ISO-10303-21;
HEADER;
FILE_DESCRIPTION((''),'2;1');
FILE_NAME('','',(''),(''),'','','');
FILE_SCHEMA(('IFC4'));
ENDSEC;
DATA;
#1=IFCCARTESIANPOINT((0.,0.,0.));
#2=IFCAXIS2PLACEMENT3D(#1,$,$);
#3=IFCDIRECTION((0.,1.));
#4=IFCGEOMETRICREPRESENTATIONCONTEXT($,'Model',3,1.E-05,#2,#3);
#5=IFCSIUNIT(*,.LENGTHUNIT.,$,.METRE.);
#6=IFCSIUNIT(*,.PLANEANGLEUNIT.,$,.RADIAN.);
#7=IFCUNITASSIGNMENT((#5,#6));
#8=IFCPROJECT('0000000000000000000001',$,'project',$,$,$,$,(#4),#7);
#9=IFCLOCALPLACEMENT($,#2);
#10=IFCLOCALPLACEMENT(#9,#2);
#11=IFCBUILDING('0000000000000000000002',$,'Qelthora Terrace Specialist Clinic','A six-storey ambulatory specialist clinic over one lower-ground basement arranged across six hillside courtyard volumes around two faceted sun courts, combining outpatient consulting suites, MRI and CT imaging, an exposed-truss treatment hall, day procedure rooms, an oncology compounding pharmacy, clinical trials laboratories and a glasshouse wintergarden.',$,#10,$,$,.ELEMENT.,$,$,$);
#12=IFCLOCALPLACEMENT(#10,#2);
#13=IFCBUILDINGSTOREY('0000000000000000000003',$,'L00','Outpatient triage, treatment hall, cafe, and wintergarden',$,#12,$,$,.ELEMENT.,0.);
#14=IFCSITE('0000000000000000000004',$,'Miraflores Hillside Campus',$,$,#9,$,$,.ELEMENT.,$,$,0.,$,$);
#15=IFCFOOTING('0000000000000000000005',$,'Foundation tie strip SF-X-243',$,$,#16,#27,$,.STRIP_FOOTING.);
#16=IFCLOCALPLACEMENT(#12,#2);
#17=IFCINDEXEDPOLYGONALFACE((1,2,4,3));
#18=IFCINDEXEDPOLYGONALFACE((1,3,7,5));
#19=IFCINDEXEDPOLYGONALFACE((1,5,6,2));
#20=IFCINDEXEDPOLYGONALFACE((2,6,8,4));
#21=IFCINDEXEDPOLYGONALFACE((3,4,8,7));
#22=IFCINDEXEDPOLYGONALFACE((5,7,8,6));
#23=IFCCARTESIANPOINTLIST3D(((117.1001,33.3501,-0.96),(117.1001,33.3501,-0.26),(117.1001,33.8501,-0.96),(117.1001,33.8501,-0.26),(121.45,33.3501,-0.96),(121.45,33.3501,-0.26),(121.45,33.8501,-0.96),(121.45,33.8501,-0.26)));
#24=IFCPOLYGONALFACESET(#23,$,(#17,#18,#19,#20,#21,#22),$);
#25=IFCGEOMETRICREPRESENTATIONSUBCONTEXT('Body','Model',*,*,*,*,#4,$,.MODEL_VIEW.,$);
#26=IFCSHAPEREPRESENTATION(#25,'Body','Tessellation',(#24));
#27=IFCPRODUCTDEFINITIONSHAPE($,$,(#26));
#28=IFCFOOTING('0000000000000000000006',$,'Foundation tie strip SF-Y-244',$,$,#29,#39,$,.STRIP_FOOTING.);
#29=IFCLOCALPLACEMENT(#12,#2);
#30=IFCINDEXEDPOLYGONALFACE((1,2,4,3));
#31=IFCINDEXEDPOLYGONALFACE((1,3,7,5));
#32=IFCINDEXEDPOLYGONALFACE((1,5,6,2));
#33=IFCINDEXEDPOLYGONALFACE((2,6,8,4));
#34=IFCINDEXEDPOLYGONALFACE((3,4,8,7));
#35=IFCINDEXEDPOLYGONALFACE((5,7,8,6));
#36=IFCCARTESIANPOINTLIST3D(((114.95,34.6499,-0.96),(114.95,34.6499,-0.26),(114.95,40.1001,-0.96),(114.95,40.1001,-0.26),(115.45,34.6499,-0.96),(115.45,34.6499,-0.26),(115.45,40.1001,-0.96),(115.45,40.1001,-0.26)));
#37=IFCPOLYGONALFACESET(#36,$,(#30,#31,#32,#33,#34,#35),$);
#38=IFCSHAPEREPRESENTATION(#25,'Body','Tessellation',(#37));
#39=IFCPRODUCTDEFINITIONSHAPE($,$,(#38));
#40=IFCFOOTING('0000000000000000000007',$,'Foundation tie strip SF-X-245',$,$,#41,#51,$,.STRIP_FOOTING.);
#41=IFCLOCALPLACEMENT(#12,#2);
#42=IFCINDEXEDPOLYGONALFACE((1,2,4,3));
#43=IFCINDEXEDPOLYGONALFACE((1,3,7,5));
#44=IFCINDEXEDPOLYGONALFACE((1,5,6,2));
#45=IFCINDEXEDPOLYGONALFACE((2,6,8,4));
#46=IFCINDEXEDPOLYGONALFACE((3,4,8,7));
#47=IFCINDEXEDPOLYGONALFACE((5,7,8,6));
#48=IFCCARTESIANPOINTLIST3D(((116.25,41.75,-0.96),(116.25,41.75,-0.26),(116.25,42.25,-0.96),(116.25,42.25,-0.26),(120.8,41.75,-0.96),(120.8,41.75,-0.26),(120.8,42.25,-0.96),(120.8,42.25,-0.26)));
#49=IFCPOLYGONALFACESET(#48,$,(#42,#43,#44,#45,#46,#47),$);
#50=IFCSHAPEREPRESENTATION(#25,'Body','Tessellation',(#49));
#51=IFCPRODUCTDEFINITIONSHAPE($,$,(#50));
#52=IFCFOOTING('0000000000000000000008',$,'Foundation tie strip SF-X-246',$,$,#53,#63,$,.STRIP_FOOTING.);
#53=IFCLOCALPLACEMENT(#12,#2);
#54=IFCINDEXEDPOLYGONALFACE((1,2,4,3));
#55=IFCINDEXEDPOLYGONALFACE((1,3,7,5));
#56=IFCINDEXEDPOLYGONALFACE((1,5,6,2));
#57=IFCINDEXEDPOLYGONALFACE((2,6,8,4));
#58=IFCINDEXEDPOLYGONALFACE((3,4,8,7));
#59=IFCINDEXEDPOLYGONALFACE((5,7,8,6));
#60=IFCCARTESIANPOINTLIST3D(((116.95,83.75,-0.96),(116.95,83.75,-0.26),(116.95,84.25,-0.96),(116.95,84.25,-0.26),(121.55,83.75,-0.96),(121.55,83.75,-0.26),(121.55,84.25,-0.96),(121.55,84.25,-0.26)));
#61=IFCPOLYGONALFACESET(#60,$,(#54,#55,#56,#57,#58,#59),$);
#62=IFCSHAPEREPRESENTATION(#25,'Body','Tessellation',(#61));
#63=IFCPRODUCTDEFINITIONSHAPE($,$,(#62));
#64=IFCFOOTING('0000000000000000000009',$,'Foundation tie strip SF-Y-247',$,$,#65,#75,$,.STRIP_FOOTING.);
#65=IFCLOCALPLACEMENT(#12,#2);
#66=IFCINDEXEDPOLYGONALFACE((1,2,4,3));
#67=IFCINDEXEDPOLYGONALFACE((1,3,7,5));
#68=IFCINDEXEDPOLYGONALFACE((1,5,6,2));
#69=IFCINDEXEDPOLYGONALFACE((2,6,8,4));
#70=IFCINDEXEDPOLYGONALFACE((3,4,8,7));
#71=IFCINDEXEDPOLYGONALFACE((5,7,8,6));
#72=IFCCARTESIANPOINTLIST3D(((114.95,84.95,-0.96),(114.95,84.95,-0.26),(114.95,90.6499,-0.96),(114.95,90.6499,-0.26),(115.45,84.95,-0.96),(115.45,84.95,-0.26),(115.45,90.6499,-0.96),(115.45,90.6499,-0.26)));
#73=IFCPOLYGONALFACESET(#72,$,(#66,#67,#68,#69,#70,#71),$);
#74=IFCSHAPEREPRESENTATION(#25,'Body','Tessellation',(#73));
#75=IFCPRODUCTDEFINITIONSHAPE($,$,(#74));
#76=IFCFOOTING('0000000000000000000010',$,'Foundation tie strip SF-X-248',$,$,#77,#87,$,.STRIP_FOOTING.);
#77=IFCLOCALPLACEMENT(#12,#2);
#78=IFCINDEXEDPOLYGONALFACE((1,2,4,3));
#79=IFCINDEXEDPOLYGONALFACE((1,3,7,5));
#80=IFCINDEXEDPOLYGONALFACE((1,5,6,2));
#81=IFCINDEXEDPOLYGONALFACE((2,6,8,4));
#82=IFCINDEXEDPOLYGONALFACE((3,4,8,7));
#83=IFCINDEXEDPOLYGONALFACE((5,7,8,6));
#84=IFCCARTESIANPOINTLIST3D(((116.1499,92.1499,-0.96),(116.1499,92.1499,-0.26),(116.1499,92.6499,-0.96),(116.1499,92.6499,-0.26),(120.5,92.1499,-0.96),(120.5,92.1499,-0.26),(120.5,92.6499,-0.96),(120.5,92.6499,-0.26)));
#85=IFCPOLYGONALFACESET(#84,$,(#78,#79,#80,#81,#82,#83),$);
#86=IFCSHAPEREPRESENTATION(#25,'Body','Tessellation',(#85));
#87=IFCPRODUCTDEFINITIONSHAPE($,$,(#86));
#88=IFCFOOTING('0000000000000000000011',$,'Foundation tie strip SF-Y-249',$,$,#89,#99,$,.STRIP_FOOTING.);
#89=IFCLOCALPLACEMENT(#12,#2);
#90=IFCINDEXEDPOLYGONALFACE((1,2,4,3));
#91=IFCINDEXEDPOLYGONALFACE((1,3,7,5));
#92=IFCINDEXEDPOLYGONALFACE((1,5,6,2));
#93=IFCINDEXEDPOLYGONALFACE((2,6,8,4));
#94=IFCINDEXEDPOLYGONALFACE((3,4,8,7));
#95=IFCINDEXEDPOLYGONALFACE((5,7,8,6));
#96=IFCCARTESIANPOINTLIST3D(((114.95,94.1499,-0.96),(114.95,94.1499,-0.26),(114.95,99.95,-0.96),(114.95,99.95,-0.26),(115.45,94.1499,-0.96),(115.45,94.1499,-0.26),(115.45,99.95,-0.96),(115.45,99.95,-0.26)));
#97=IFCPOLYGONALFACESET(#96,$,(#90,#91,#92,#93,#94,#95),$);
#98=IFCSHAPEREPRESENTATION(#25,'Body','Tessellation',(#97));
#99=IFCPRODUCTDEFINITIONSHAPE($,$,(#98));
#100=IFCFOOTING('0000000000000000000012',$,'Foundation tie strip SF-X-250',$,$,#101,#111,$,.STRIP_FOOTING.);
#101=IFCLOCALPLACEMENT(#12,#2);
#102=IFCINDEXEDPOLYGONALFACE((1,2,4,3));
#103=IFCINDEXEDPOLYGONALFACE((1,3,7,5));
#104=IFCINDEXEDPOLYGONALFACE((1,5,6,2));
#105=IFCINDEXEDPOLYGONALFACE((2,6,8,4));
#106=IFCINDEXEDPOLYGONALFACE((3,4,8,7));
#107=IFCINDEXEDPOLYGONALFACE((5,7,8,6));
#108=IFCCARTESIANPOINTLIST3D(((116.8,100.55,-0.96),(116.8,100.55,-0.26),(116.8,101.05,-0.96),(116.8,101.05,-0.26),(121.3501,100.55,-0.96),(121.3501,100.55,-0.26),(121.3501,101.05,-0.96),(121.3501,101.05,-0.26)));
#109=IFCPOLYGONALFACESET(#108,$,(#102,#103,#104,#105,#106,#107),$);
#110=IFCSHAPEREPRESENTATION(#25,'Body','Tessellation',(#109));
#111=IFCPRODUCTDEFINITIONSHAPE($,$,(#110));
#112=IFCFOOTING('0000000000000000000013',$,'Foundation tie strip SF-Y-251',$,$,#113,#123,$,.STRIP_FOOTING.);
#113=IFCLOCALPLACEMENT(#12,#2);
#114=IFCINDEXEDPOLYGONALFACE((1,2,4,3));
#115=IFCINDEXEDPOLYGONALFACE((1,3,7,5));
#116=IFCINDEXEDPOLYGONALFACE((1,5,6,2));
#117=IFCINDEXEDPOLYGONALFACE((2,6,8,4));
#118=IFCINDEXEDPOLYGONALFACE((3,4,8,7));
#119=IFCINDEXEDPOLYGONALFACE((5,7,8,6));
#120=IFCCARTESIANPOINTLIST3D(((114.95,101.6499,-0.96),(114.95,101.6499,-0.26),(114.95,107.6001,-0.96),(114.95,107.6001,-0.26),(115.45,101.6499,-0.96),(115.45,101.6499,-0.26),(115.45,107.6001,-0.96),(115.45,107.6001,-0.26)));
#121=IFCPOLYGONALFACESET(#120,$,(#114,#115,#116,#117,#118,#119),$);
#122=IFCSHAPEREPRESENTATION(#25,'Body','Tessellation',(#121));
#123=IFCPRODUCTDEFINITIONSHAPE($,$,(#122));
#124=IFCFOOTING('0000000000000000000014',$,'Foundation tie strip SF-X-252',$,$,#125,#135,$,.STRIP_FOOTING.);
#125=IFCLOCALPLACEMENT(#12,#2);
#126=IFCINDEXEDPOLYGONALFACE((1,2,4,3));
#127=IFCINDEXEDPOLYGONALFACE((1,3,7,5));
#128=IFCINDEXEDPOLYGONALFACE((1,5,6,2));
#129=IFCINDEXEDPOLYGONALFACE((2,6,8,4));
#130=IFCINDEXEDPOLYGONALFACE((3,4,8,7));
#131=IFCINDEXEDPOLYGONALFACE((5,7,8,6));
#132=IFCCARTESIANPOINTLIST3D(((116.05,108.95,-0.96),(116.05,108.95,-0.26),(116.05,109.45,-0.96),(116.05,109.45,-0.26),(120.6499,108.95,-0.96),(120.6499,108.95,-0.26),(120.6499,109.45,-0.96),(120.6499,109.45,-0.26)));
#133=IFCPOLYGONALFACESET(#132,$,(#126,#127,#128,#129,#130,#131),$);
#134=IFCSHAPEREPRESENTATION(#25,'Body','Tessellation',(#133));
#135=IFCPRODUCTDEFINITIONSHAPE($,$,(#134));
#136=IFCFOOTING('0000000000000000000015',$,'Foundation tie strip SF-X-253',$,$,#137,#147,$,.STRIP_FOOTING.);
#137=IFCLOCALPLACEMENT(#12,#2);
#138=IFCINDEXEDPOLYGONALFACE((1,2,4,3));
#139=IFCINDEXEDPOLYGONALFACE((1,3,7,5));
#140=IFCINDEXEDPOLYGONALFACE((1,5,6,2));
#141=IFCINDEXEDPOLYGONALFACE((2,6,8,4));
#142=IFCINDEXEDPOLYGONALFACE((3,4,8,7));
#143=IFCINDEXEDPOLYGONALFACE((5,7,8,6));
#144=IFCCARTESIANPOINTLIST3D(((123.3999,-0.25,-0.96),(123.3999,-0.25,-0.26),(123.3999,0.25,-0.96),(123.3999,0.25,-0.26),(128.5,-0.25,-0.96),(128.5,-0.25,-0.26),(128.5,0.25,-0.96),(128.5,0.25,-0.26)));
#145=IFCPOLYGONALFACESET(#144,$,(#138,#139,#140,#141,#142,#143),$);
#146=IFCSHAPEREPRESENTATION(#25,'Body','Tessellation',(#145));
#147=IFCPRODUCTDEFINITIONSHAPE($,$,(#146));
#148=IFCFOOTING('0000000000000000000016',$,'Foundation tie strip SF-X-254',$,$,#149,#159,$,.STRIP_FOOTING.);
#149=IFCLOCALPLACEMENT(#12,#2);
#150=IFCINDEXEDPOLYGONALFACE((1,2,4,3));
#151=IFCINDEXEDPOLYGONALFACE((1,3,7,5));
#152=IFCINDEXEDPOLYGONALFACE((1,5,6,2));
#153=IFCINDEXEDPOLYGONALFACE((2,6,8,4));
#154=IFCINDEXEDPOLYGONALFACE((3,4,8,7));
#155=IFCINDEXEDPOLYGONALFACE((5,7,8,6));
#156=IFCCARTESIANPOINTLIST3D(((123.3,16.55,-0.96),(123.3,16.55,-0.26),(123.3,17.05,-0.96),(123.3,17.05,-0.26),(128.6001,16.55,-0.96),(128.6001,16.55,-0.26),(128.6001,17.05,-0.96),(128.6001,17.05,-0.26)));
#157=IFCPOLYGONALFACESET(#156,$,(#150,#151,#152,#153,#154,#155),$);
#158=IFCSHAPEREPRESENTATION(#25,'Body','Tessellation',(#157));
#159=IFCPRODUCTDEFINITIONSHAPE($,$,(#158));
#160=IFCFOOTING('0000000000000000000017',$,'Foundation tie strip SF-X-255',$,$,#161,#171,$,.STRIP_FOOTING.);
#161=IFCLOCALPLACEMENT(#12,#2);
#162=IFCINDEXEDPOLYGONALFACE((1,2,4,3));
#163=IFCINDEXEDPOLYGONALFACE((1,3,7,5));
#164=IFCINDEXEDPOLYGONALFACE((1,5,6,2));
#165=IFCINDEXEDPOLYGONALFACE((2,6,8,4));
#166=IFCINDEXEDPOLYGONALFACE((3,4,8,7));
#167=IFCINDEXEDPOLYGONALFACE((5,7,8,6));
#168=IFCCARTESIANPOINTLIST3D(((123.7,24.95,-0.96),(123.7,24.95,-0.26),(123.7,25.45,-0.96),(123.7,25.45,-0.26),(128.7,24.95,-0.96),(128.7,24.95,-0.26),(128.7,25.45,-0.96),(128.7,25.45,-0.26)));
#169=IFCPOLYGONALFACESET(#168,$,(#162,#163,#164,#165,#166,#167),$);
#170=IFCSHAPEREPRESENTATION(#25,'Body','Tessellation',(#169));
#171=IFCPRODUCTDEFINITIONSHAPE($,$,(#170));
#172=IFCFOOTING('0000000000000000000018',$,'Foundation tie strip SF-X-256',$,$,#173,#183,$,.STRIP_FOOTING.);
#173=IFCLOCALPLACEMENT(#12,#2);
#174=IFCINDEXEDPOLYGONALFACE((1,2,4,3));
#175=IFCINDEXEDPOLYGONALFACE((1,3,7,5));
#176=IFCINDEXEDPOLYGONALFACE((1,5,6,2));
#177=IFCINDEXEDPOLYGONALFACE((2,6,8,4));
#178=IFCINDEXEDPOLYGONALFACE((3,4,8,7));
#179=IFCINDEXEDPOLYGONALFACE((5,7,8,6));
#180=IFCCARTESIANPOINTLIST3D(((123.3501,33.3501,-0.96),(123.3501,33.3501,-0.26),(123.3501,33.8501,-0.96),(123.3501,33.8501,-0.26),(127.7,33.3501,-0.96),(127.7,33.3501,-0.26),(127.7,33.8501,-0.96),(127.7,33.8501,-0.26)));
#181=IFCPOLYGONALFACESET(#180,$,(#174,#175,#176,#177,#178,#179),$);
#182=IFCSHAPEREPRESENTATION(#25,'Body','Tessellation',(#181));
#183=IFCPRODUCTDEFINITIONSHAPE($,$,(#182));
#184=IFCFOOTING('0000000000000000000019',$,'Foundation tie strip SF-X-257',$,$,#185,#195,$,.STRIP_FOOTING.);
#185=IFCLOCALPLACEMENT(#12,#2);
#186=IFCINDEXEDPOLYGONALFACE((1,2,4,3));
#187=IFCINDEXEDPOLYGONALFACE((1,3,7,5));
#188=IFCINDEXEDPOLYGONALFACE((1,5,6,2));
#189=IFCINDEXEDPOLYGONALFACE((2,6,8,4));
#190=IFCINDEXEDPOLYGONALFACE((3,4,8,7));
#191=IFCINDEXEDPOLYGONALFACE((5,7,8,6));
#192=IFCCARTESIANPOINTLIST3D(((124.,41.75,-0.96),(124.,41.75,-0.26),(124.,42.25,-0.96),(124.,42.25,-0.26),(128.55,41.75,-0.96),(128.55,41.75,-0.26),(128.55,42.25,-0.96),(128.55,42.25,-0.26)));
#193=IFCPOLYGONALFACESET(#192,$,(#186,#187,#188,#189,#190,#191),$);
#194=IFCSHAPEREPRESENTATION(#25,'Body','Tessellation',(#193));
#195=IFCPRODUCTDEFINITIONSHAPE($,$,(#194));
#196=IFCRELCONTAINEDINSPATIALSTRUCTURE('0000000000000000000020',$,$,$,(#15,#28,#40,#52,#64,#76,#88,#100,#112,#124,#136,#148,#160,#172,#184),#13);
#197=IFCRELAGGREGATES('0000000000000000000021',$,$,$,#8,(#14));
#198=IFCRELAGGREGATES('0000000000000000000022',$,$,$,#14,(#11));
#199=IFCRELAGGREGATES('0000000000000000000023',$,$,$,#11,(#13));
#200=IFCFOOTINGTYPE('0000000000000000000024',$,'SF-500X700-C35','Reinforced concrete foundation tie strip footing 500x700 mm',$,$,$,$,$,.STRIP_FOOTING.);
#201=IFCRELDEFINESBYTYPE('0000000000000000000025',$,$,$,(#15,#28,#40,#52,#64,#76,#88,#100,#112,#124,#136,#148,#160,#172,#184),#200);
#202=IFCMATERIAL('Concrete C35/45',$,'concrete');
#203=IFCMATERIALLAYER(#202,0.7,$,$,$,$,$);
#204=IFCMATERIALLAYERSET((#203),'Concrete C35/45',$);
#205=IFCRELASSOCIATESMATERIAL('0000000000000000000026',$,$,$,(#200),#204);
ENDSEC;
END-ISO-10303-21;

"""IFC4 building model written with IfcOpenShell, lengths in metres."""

from ifc_helpers import new_model, si_unit, direction, frame, origin, place, context, subcontext, project, spatial, polyline, outline, extrude, material, layer, layer_set, type_object, element, save


model = new_model("IFC4")

# Units and contexts
model_context = context("Model", 3, precision=1e-05, world=origin(), true_north=direction((0.0, 1.0)))
body_context = subcontext(model_context, "Body", "Model", "MODEL_VIEW")
ifc_project = project(units=[si_unit("LENGTHUNIT", "METRE"), si_unit("PLANEANGLEUNIT", "RADIAN")], contexts=[model_context])

# Site, building, storey
site_placement = place(None, origin())
site = spatial("IfcSite", under=ifc_project, at=site_placement, Name="Miraflores Hillside Campus", CompositionType="ELEMENT", RefElevation=0.0)
building_placement = place(site_placement, origin())
building = spatial("IfcBuilding", under=site, at=building_placement, Name="Qelthora Terrace Specialist Clinic", Description="A six-storey ambulatory specialist clinic over one lower-ground basement arranged across six hillside courtyard volumes around two faceted sun courts, combining outpatient consulting suites, MRI and CT imaging, an exposed-truss treatment hall, day procedure rooms, an oncology compounding pharmacy, clinical trials laboratories and a glasshouse wintergarden.", CompositionType="ELEMENT")
storey_placement = place(building_placement, origin())
storey = spatial("IfcBuildingStorey", under=building, at=storey_placement, Name="L00", Description="Outpatient triage, treatment hall, cafe, and wintergarden", CompositionType="ELEMENT", Elevation=0.0)

# Footings
ifc_material = material(Name="Concrete C35/45", Category="concrete")
ifc_layer = layer(ifc_material, 0.7)
ifc_layer_set = layer_set([ifc_layer], Name="Concrete C35/45")
footing_type = type_object("IfcFootingType", Name="SF-500X700-C35", Description="Reinforced concrete foundation tie strip footing 500x700 mm", PredefinedType="STRIP_FOOTING", material=ifc_layer_set)
footing_1_placement = place(storey_placement, frame((0.0, 0.0, -0.96)))
element("IfcFooting", 1, at=footing_1_placement, inside=storey, type_object=footing_type, Name="Foundation tie strip SF-X-243", PredefinedType="STRIP_FOOTING", context=body_context, shape_type="SweptSolid", body=[
    extrude(outline(polyline([(117.1001, 33.3501), (121.45, 33.3501), (121.45, 33.8501), (117.1001, 33.8501), (117.1001, 33.3501)])), origin(), (0.0, 0.0, 1.0), 0.7),
])
footing_2_placement = place(storey_placement, frame((0.0, 0.0, -0.96)))
element("IfcFooting", 2, at=footing_2_placement, inside=storey, type_object=footing_type, Name="Foundation tie strip SF-Y-244", PredefinedType="STRIP_FOOTING", context=body_context, shape_type="SweptSolid", body=[
    extrude(outline(polyline([(114.95, 34.6499), (115.45, 34.6499), (115.45, 40.1001), (114.95, 40.1001), (114.95, 34.6499)])), origin(), (0.0, 0.0, 1.0), 0.7),
])
footing_3_placement = place(storey_placement, frame((0.0, 0.0, -0.96)))
element("IfcFooting", 3, at=footing_3_placement, inside=storey, type_object=footing_type, Name="Foundation tie strip SF-X-245", PredefinedType="STRIP_FOOTING", context=body_context, shape_type="SweptSolid", body=[
    extrude(outline(polyline([(116.25, 41.75), (120.8, 41.75), (120.8, 42.25), (116.25, 42.25), (116.25, 41.75)])), origin(), (0.0, 0.0, 1.0), 0.7),
])
footing_4_placement = place(storey_placement, frame((0.0, 0.0, -0.96)))
element("IfcFooting", 4, at=footing_4_placement, inside=storey, type_object=footing_type, Name="Foundation tie strip SF-X-246", PredefinedType="STRIP_FOOTING", context=body_context, shape_type="SweptSolid", body=[
    extrude(outline(polyline([(116.95, 83.75), (121.55, 83.75), (121.55, 84.25), (116.95, 84.25), (116.95, 83.75)])), origin(), (0.0, 0.0, 1.0), 0.7),
])
footing_5_placement = place(storey_placement, frame((0.0, 0.0, -0.96)))
element("IfcFooting", 5, at=footing_5_placement, inside=storey, type_object=footing_type, Name="Foundation tie strip SF-Y-247", PredefinedType="STRIP_FOOTING", context=body_context, shape_type="SweptSolid", body=[
    extrude(outline(polyline([(114.95, 84.95), (115.45, 84.95), (115.45, 90.6499), (114.95, 90.6499), (114.95, 84.95)])), origin(), (0.0, 0.0, 1.0), 0.7),
])
footing_6_placement = place(storey_placement, frame((0.0, 0.0, -0.96)))
element("IfcFooting", 6, at=footing_6_placement, inside=storey, type_object=footing_type, Name="Foundation tie strip SF-X-248", PredefinedType="STRIP_FOOTING", context=body_context, shape_type="SweptSolid", body=[
    extrude(outline(polyline([(116.1499, 92.1499), (120.5, 92.1499), (120.5, 92.6499), (116.1499, 92.6499), (116.1499, 92.1499)])), origin(), (0.0, 0.0, 1.0), 0.7),
])
footing_7_placement = place(storey_placement, frame((0.0, 0.0, -0.96)))
element("IfcFooting", 7, at=footing_7_placement, inside=storey, type_object=footing_type, Name="Foundation tie strip SF-Y-249", PredefinedType="STRIP_FOOTING", context=body_context, shape_type="SweptSolid", body=[
    extrude(outline(polyline([(114.95, 94.1499), (115.45, 94.1499), (115.45, 99.95), (114.95, 99.95), (114.95, 94.1499)])), origin(), (0.0, 0.0, 1.0), 0.7),
])
footing_8_placement = place(storey_placement, frame((0.0, 0.0, -0.96)))
element("IfcFooting", 8, at=footing_8_placement, inside=storey, type_object=footing_type, Name="Foundation tie strip SF-X-250", PredefinedType="STRIP_FOOTING", context=body_context, shape_type="SweptSolid", body=[
    extrude(outline(polyline([(116.8, 100.55), (121.3501, 100.55), (121.3501, 101.05), (116.8, 101.05), (116.8, 100.55)])), origin(), (0.0, 0.0, 1.0), 0.7),
])
footing_9_placement = place(storey_placement, frame((0.0, 0.0, -0.96)))
element("IfcFooting", 9, at=footing_9_placement, inside=storey, type_object=footing_type, Name="Foundation tie strip SF-Y-251", PredefinedType="STRIP_FOOTING", context=body_context, shape_type="SweptSolid", body=[
    extrude(outline(polyline([(114.95, 101.6499), (115.45, 101.6499), (115.45, 107.6001), (114.95, 107.6001), (114.95, 101.6499)])), origin(), (0.0, 0.0, 1.0), 0.7),
])
footing_10_placement = place(storey_placement, frame((0.0, 0.0, -0.96)))
element("IfcFooting", 10, at=footing_10_placement, inside=storey, type_object=footing_type, Name="Foundation tie strip SF-X-252", PredefinedType="STRIP_FOOTING", context=body_context, shape_type="SweptSolid", body=[
    extrude(outline(polyline([(116.05, 108.95), (120.6499, 108.95), (120.6499, 109.45), (116.05, 109.45), (116.05, 108.95)])), origin(), (0.0, 0.0, 1.0), 0.7),
])
footing_11_placement = place(storey_placement, frame((0.0, 0.0, -0.96)))
element("IfcFooting", 11, at=footing_11_placement, inside=storey, type_object=footing_type, Name="Foundation tie strip SF-X-253", PredefinedType="STRIP_FOOTING", context=body_context, shape_type="SweptSolid", body=[
    extrude(outline(polyline([(123.3999, -0.25), (128.5, -0.25), (128.5, 0.25), (123.3999, 0.25), (123.3999, -0.25)])), origin(), (0.0, 0.0, 1.0), 0.7),
])
footing_12_placement = place(storey_placement, frame((0.0, 0.0, -0.96)))
element("IfcFooting", 12, at=footing_12_placement, inside=storey, type_object=footing_type, Name="Foundation tie strip SF-X-254", PredefinedType="STRIP_FOOTING", context=body_context, shape_type="SweptSolid", body=[
    extrude(outline(polyline([(123.3, 16.55), (128.6001, 16.55), (128.6001, 17.05), (123.3, 17.05), (123.3, 16.55)])), origin(), (0.0, 0.0, 1.0), 0.7),
])
footing_13_placement = place(storey_placement, frame((0.0, 0.0, -0.96)))
element("IfcFooting", 13, at=footing_13_placement, inside=storey, type_object=footing_type, Name="Foundation tie strip SF-X-255", PredefinedType="STRIP_FOOTING", context=body_context, shape_type="SweptSolid", body=[
    extrude(outline(polyline([(123.7, 24.95), (128.7, 24.95), (128.7, 25.45), (123.7, 25.45), (123.7, 24.95)])), origin(), (0.0, 0.0, 1.0), 0.7),
])
footing_14_placement = place(storey_placement, frame((0.0, 0.0, -0.96)))
element("IfcFooting", 14, at=footing_14_placement, inside=storey, type_object=footing_type, Name="Foundation tie strip SF-X-256", PredefinedType="STRIP_FOOTING", context=body_context, shape_type="SweptSolid", body=[
    extrude(outline(polyline([(123.3501, 33.3501), (127.7, 33.3501), (127.7, 33.8501), (123.3501, 33.8501), (123.3501, 33.3501)])), origin(), (0.0, 0.0, 1.0), 0.7),
])
footing_15_placement = place(storey_placement, frame((0.0, 0.0, -0.96)))
element("IfcFooting", 15, at=footing_15_placement, inside=storey, type_object=footing_type, Name="Foundation tie strip SF-X-257", PredefinedType="STRIP_FOOTING", context=body_context, shape_type="SweptSolid", body=[
    extrude(outline(polyline([(124.0, 41.75), (128.55, 41.75), (128.55, 42.25), (124.0, 42.25), (124.0, 41.75)])), origin(), (0.0, 0.0, 1.0), 0.7),
])

save(model, "model.ifc")
